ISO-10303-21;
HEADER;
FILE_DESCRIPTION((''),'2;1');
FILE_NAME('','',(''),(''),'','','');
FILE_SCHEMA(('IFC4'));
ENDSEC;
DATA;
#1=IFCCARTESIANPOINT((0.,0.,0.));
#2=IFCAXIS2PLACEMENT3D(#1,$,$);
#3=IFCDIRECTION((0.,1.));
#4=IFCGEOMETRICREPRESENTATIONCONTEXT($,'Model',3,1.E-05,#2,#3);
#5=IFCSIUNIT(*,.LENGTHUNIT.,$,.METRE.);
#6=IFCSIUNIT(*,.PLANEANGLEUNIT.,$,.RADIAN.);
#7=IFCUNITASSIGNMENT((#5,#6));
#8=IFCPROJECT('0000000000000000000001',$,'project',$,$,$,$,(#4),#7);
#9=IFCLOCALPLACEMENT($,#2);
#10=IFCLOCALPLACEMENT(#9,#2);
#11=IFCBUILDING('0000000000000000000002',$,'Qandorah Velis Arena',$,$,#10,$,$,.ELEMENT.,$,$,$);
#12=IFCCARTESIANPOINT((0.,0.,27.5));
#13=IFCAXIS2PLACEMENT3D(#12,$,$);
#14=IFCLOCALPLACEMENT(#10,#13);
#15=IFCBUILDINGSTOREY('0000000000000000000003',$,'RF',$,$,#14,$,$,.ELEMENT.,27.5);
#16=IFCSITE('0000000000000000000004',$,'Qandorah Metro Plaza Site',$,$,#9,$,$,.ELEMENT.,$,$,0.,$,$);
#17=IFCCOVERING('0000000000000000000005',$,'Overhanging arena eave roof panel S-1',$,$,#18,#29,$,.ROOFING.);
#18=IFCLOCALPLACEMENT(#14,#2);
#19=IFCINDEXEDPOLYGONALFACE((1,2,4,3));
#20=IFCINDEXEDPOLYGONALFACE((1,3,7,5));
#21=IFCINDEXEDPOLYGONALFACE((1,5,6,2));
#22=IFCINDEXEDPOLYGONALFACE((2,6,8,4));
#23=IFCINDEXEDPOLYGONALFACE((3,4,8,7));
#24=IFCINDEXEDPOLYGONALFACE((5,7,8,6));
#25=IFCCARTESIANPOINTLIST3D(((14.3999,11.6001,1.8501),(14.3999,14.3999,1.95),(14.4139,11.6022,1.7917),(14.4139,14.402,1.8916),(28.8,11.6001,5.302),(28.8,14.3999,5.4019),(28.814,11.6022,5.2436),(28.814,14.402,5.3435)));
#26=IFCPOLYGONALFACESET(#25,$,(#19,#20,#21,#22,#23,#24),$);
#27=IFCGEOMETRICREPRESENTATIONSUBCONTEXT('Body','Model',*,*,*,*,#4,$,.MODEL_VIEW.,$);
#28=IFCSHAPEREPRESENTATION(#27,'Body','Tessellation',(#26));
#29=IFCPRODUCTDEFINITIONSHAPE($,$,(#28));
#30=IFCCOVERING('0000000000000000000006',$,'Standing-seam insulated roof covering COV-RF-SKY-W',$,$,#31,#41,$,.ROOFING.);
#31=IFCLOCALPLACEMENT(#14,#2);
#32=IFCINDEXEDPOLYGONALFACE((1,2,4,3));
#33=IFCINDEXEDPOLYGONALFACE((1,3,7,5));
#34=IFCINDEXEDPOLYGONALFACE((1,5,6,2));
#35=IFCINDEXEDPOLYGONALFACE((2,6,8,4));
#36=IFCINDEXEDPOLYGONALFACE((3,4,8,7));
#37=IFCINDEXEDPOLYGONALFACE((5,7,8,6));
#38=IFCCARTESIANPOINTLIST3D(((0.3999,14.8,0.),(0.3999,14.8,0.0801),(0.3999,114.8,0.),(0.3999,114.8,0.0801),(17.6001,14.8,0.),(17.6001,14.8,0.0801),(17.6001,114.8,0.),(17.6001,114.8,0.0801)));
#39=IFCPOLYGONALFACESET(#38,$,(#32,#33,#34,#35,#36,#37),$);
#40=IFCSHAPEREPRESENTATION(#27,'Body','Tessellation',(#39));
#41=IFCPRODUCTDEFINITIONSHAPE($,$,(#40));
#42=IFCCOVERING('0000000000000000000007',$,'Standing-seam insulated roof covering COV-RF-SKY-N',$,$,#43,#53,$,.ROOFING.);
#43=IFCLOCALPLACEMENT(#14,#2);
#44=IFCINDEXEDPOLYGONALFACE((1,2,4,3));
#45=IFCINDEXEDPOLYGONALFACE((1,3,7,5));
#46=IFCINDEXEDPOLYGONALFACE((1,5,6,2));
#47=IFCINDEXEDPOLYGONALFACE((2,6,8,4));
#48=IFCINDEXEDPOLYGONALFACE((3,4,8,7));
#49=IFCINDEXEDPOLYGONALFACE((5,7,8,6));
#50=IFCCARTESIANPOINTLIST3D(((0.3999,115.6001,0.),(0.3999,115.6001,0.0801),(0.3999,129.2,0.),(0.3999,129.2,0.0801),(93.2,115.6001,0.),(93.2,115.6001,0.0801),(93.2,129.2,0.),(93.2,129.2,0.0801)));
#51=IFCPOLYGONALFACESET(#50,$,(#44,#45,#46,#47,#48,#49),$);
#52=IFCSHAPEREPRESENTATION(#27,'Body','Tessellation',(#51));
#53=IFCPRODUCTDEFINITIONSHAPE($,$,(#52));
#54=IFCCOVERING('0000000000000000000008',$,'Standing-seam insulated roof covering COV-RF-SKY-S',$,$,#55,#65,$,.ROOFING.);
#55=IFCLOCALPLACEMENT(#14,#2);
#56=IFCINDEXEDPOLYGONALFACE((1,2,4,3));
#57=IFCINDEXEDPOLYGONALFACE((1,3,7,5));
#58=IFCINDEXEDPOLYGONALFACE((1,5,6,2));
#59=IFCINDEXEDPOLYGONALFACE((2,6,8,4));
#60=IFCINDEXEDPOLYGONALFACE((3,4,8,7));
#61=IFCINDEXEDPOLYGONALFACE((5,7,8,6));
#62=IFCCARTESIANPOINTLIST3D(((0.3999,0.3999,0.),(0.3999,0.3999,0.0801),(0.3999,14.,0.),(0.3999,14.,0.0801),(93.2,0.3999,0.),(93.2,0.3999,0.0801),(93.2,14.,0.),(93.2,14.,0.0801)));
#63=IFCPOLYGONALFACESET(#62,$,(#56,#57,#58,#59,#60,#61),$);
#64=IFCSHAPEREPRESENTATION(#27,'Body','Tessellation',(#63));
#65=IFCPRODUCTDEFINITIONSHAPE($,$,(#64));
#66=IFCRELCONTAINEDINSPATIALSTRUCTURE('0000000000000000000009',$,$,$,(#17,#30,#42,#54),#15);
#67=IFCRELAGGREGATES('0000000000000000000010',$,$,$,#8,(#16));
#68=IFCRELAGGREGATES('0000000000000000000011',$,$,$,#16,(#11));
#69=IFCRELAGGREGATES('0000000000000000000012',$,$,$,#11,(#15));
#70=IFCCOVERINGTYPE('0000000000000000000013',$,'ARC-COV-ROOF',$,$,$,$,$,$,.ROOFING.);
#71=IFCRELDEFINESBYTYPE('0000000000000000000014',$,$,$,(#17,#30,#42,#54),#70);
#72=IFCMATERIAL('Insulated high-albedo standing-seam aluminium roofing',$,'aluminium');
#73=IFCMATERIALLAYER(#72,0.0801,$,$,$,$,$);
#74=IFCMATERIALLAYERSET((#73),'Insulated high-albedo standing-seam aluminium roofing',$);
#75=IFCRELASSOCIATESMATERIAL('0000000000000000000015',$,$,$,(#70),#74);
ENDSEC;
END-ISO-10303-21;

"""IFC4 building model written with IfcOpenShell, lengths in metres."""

from ifc_helpers import new_model, si_unit, direction, frame, origin, place, context, subcontext, project, spatial, polyline, outline, extrude, material, layer, layer_set, type_object, element, save


model = new_model("IFC4")

# Units and contexts
model_context = context("Model", 3, precision=1e-05, world=origin(), true_north=direction((0.0, 1.0)))
body_context = subcontext(model_context, "Body", "Model", "MODEL_VIEW")
ifc_project = project(units=[si_unit("LENGTHUNIT", "METRE"), si_unit("PLANEANGLEUNIT", "RADIAN")], contexts=[model_context])

# Site, building, storey
site_placement = place(None, origin())
site = spatial("IfcSite", under=ifc_project, at=site_placement, Name="Qandorah Metro Plaza Site", CompositionType="ELEMENT", RefElevation=0.0)
building_placement = place(site_placement, origin())
building = spatial("IfcBuilding", under=site, at=building_placement, Name="Qandorah Velis Arena", CompositionType="ELEMENT")
storey_placement = place(building_placement, frame((0.0, 0.0, 27.5)))
storey = spatial("IfcBuildingStorey", under=building, at=storey_placement, Name="RF", CompositionType="ELEMENT", Elevation=27.5)

# Coverings
ifc_material_1 = material(Name="Insulated high-albedo standing-seam aluminium roofing", Category="aluminium")
ifc_layer_1 = layer(ifc_material_1, 0.0801)
ifc_layer_set_1 = layer_set([ifc_layer_1], Name="Insulated high-albedo standing-seam aluminium roofing")
covering_type = type_object("IfcCoveringType", Name="ARC-COV-ROOF", PredefinedType="ROOFING", material=ifc_layer_set_1)
covering_1_placement = place(storey_placement, frame((14.3999, 11.6001, 1.8501), z_axis=(-0.232969, -0.034661, 0.971866), x_axis=(0.972451, 0.0, 0.233109)))
element("IfcCovering", 1, at=covering_1_placement, inside=storey, type_object=covering_type, Name="Overhanging arena eave roof panel S-1", PredefinedType="ROOFING", context=body_context, shape_type="SweptSolid", body=[
    extrude(outline(polyline([(0.0, 0.0), (14.8081, 0.0), (14.8314, 2.8015), (0.0233, 2.8015), (0.0, 0.0)])), origin(), (0.0, 0.0, -1.0), 0.0601),
])
covering_2_placement = place(storey_placement, origin())
element("IfcCovering", 2, at=covering_2_placement, inside=storey, type_object=covering_type, Name="Standing-seam insulated roof covering COV-RF-SKY-W", PredefinedType="ROOFING", context=body_context, shape_type="SweptSolid", body=[
    extrude(outline(polyline([(0.3999, 14.8), (17.6001, 14.8), (17.6001, 114.8), (0.3999, 114.8), (0.3999, 14.8)])), origin(), (0.0, 0.0, 1.0), 0.0801),
])
covering_3_placement = place(storey_placement, origin())
element("IfcCovering", 3, at=covering_3_placement, inside=storey, type_object=covering_type, Name="Standing-seam insulated roof covering COV-RF-SKY-N", PredefinedType="ROOFING", context=body_context, shape_type="SweptSolid", body=[
    extrude(outline(polyline([(0.3999, 115.6001), (93.2, 115.6001), (93.2, 129.2), (0.3999, 129.2), (0.3999, 115.6001)])), origin(), (0.0, 0.0, 1.0), 0.0801),
])
covering_4_placement = place(storey_placement, origin())
element("IfcCovering", 4, at=covering_4_placement, inside=storey, type_object=covering_type, Name="Standing-seam insulated roof covering COV-RF-SKY-S", PredefinedType="ROOFING", context=body_context, shape_type="SweptSolid", body=[
    extrude(outline(polyline([(0.3999, 0.3999), (93.2, 0.3999), (93.2, 14.0), (0.3999, 14.0), (0.3999, 0.3999)])), origin(), (0.0, 0.0, 1.0), 0.0801),
])

save(model, "model.ifc")
